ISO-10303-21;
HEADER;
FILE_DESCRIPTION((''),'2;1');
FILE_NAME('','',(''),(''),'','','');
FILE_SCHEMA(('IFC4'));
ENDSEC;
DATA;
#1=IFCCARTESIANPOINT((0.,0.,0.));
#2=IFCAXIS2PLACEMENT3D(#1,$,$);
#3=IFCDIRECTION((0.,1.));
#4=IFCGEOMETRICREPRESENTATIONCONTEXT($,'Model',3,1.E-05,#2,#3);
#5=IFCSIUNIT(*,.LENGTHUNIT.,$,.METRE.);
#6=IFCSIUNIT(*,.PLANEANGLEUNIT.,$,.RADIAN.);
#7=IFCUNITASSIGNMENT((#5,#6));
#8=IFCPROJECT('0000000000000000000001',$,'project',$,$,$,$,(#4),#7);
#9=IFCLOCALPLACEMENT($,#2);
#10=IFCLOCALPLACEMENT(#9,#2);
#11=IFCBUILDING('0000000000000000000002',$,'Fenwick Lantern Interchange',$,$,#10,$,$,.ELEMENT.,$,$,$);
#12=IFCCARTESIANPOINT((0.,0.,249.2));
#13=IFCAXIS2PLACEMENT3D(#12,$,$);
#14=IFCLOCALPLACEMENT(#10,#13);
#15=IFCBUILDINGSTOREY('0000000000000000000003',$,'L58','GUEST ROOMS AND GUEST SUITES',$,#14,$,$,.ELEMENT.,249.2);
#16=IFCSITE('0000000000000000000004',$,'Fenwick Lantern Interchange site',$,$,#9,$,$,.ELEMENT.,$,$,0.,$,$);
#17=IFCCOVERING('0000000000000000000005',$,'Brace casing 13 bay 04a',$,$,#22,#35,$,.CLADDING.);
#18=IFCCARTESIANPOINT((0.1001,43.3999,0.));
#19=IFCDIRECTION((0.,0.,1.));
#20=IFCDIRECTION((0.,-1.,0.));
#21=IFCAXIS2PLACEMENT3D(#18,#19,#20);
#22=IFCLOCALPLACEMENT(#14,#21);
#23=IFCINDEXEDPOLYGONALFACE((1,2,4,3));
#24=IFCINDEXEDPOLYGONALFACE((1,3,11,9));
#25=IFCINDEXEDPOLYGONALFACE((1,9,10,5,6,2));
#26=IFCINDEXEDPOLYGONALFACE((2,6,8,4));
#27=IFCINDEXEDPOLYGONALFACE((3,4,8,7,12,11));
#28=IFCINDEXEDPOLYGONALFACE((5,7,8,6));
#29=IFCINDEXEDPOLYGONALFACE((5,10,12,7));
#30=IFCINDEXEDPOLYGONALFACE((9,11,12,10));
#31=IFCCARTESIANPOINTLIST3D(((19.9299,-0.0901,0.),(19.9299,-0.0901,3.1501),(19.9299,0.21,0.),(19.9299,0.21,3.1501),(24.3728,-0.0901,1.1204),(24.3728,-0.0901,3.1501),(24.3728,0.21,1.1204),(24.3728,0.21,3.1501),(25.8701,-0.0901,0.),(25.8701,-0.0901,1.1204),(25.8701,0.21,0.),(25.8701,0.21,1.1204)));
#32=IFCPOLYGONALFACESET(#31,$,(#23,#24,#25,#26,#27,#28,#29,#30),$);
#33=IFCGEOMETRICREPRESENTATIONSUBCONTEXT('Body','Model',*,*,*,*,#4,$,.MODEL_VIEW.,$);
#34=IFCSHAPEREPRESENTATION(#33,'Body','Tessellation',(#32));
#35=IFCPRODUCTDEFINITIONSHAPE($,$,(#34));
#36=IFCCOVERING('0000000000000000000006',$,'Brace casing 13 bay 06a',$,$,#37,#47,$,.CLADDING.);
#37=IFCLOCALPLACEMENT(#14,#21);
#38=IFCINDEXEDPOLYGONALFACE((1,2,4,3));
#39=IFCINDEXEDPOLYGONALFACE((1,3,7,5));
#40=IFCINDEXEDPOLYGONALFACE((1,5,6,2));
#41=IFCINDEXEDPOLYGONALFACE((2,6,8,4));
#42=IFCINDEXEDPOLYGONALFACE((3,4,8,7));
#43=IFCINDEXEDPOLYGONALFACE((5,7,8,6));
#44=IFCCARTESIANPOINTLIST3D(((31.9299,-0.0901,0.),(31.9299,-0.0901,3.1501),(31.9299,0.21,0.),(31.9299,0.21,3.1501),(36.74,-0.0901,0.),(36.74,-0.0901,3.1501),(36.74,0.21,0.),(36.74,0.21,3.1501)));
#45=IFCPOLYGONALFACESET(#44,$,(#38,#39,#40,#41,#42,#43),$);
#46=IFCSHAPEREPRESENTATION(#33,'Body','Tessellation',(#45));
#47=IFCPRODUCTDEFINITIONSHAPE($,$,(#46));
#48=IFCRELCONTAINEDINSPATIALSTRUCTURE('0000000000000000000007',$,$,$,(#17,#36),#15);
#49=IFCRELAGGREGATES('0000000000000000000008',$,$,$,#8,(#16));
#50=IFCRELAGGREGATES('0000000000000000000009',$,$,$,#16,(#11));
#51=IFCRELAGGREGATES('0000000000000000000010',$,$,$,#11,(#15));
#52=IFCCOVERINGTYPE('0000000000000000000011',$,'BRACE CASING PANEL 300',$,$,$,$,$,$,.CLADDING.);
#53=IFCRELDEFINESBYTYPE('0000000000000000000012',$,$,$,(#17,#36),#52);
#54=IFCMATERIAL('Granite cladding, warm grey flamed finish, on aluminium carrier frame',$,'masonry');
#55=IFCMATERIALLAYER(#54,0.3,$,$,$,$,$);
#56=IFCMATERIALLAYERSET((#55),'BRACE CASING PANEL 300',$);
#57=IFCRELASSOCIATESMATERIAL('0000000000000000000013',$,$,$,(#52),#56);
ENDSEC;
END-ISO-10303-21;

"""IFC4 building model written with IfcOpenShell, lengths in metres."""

from ifc_helpers import new_model, si_unit, direction, frame, origin, place, context, subcontext, project, spatial, polyline, outline, extrude, material, layer, layer_set, type_object, element, save


model = new_model("IFC4")

# Units and contexts
model_context = context("Model", 3, precision=1e-05, world=origin(), true_north=direction((0.0, 1.0)))
body_context = subcontext(model_context, "Body", "Model", "MODEL_VIEW")
ifc_project = project(units=[si_unit("LENGTHUNIT", "METRE"), si_unit("PLANEANGLEUNIT", "RADIAN")], contexts=[model_context])

# Site, building, storey
site_placement = place(None, origin())
site = spatial("IfcSite", under=ifc_project, at=site_placement, Name="Fenwick Lantern Interchange site", CompositionType="ELEMENT", RefElevation=0.0)
building_placement = place(site_placement, origin())
building = spatial("IfcBuilding", under=site, at=building_placement, Name="Fenwick Lantern Interchange", CompositionType="ELEMENT")
storey_placement = place(building_placement, frame((0.0, 0.0, 249.2)))
storey = spatial("IfcBuildingStorey", under=building, at=storey_placement, Name="L58", Description="GUEST ROOMS AND GUEST SUITES", CompositionType="ELEMENT", Elevation=249.2)

# Coverings
ifc_material_1 = material(Name="Granite cladding, warm grey flamed finish, on aluminium carrier frame", Category="masonry")
ifc_layer_1 = layer(ifc_material_1, 0.3)
ifc_layer_set_1 = layer_set([ifc_layer_1], Name="BRACE CASING PANEL 300")
covering_type = type_object("IfcCoveringType", Name="BRACE CASING PANEL 300", PredefinedType="CLADDING", material=ifc_layer_set_1)
covering_1_placement = place(storey_placement, frame((0.1001, 43.3999, 0.0), z_axis=(0.0, 0.0, 1.0), x_axis=(0.0, -1.0, 0.0)))
element("IfcCovering", 1, at=covering_1_placement, inside=storey, type_object=covering_type, Name="Brace casing 13 bay 04a", PredefinedType="CLADDING", context=body_context, shape_type="SweptSolid", body=[
    extrude(outline(polyline([(19.9299, 0.0), (25.8701, 0.0), (25.8701, 1.1204), (24.3728, 1.1204), (24.3728, 3.1501), (19.9299, 3.1501), (19.9299, 0.0)])), frame((0.0, 0.21, 0.0), z_axis=(0.0, -1.0, 0.0), x_axis=(1.0, 0.0, 0.0)), (0.0, 0.0, 1.0), 0.3),
])
covering_2_placement = place(storey_placement, frame((0.1001, 43.3999, 0.0), z_axis=(0.0, 0.0, 1.0), x_axis=(0.0, -1.0, 0.0)))
element("IfcCovering", 2, at=covering_2_placement, inside=storey, type_object=covering_type, Name="Brace casing 13 bay 06a", PredefinedType="CLADDING", context=body_context, shape_type="SweptSolid", body=[
    extrude(outline(polyline([(31.9299, 0.0), (36.74, 0.0), (36.74, 3.1501), (31.9299, 3.1501), (31.9299, 0.0)])), frame((0.0, 0.21, 0.0), z_axis=(0.0, -1.0, 0.0), x_axis=(1.0, 0.0, 0.0)), (0.0, 0.0, 1.0), 0.3),
])

save(model, "model.ifc")
